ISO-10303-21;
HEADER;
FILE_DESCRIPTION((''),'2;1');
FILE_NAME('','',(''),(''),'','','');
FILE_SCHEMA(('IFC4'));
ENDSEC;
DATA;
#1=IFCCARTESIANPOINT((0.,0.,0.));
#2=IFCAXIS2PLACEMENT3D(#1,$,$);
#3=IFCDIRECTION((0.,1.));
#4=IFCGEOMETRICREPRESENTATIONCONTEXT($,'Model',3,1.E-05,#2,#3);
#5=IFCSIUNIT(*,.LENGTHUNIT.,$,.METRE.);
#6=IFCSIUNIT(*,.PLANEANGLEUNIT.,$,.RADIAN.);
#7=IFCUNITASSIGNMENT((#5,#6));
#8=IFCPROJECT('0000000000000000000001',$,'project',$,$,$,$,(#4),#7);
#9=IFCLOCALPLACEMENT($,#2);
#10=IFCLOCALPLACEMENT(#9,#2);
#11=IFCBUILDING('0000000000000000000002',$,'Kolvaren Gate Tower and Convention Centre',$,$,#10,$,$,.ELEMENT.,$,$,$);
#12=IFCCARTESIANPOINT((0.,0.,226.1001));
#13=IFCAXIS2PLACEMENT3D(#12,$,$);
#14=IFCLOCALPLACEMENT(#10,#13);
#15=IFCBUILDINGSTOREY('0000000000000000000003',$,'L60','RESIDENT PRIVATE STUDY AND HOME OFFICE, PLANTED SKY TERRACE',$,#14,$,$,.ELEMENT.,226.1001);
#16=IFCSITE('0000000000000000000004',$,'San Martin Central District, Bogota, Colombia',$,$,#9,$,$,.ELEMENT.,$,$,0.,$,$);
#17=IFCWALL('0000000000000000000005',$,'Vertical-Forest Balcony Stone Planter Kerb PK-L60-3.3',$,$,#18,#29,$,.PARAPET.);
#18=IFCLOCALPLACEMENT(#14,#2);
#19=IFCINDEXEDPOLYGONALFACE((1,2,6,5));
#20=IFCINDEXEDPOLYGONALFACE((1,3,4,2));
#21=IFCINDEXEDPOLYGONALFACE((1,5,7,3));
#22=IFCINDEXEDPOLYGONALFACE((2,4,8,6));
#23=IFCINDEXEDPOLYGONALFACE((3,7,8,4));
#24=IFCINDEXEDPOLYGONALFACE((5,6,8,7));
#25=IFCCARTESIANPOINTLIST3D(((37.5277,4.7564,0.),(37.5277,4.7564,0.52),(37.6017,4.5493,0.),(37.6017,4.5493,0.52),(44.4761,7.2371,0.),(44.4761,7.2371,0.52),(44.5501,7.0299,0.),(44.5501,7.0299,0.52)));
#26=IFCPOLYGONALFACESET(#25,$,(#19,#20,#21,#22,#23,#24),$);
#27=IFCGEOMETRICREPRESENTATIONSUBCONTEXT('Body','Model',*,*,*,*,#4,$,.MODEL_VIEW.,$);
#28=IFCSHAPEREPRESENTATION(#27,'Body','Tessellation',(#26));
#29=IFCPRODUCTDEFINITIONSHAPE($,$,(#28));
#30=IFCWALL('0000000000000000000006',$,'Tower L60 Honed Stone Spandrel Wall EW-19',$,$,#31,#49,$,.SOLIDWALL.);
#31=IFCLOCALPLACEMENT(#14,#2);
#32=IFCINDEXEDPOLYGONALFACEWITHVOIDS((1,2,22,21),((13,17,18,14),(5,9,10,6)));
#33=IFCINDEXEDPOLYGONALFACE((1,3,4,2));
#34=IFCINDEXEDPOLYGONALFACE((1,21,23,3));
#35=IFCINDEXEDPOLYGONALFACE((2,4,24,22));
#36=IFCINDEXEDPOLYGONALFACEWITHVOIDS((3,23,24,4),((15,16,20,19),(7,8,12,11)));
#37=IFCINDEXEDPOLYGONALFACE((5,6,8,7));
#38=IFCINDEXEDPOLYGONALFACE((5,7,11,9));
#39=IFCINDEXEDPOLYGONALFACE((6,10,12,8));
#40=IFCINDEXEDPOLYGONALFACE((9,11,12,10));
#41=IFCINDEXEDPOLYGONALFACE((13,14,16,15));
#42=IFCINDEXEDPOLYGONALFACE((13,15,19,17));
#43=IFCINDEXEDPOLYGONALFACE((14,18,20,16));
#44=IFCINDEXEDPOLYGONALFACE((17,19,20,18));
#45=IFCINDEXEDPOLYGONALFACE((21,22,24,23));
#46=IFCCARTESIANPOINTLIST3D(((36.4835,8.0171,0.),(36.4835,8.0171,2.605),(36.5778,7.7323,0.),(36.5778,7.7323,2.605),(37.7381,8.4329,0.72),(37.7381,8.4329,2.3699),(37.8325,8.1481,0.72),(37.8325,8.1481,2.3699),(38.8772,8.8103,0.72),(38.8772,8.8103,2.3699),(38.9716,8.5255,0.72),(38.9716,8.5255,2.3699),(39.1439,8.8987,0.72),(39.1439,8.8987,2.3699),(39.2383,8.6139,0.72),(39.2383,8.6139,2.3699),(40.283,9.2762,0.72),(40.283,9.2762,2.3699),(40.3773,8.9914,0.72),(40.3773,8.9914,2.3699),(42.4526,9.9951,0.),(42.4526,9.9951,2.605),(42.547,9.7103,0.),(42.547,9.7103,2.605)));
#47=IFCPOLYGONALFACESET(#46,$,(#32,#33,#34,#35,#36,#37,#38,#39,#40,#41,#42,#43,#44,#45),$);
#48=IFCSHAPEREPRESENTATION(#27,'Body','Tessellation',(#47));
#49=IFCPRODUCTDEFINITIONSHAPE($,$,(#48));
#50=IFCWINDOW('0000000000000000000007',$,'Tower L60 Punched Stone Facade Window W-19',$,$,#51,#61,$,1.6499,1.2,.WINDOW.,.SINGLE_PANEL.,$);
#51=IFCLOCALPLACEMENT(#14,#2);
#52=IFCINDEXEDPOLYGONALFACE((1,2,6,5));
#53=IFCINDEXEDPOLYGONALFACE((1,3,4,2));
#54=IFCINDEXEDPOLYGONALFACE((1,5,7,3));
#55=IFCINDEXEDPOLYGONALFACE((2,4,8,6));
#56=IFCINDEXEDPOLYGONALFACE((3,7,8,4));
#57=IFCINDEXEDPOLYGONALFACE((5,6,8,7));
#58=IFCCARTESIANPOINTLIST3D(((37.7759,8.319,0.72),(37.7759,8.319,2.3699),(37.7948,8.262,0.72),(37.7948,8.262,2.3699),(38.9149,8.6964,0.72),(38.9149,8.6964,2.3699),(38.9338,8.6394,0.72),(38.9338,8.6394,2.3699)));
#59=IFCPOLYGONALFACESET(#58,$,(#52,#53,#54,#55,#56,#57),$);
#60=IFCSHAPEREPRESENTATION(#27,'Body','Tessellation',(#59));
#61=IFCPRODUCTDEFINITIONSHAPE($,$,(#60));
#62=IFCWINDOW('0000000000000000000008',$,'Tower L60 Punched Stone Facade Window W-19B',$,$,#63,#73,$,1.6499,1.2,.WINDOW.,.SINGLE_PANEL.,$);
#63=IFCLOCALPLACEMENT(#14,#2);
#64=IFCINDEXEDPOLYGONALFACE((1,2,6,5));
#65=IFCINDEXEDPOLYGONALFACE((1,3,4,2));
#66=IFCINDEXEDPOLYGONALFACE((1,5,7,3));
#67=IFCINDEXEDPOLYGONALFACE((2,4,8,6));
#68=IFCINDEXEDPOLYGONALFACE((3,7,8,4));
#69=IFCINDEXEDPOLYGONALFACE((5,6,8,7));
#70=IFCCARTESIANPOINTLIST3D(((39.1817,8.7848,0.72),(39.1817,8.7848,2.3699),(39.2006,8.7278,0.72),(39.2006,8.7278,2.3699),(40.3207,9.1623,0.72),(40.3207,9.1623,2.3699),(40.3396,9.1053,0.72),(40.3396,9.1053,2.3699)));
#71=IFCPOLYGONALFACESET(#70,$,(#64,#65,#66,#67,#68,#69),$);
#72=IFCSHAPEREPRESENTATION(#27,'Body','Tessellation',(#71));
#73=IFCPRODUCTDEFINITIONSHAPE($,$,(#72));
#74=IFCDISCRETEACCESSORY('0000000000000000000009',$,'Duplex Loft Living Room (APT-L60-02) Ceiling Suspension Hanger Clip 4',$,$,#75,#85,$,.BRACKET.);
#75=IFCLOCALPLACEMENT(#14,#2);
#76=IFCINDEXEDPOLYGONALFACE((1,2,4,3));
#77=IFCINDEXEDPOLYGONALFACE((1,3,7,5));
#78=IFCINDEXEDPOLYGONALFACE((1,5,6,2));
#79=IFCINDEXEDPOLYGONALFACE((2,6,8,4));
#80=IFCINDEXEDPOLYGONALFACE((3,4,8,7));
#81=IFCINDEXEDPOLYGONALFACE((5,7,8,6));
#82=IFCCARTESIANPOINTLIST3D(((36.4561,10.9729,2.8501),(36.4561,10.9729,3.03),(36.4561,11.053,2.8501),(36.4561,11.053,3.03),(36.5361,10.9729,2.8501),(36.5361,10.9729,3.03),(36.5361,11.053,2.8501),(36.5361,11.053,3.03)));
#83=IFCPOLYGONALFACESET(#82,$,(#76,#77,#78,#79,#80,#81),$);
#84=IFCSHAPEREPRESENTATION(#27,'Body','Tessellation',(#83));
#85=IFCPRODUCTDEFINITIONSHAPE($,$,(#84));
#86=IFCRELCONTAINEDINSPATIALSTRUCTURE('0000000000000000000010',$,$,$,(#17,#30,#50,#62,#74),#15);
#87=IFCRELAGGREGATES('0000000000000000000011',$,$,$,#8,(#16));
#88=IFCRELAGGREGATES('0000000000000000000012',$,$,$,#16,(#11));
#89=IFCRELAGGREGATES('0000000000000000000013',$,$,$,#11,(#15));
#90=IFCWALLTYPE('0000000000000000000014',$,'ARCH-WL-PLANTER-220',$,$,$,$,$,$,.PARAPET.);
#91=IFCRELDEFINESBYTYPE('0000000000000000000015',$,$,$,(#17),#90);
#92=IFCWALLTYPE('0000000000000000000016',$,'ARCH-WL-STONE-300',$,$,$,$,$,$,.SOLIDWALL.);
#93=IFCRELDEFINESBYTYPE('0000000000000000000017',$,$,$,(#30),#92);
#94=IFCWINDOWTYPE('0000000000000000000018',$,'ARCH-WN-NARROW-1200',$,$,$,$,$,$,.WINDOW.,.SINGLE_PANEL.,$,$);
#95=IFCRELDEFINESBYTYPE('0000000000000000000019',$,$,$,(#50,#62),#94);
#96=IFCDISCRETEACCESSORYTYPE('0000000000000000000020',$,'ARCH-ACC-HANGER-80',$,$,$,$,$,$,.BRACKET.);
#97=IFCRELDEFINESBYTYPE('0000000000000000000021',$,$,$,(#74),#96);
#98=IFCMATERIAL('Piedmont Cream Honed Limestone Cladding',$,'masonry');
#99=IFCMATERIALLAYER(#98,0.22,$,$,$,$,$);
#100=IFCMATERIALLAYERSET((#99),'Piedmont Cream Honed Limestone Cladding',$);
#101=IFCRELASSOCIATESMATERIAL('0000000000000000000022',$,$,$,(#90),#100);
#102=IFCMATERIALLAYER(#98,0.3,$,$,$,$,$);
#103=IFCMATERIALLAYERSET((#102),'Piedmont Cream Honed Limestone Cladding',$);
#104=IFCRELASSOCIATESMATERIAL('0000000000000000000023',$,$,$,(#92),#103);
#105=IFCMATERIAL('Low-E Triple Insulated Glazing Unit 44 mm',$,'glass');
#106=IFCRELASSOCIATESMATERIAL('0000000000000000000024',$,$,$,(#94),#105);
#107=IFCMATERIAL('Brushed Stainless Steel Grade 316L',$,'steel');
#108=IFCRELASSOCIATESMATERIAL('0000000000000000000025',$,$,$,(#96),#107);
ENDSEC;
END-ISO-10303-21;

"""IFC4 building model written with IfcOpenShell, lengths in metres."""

from ifc_helpers import new_model, si_unit, direction, frame, frame_2d, origin, origin_2d, place, context, subcontext, project, spatial, rectangle, extrude, material, layer, layer_set, type_object, element, fill, save


model = new_model("IFC4")

# Units and contexts
model_context = context("Model", 3, precision=1e-05, world=origin(), true_north=direction((0.0, 1.0)))
body_context = subcontext(model_context, "Body", "Model", "MODEL_VIEW")
ifc_project = project(units=[si_unit("LENGTHUNIT", "METRE"), si_unit("PLANEANGLEUNIT", "RADIAN")], contexts=[model_context])

# Site, building, storey
site_placement = place(None, origin())
site = spatial("IfcSite", under=ifc_project, at=site_placement, Name="San Martin Central District, Bogota, Colombia", CompositionType="ELEMENT", RefElevation=0.0)
building_placement = place(site_placement, origin())
building = spatial("IfcBuilding", under=site, at=building_placement, Name="Kolvaren Gate Tower and Convention Centre", CompositionType="ELEMENT")
storey_placement = place(building_placement, frame((0.0, 0.0, 226.1001)))
storey = spatial("IfcBuildingStorey", under=building, at=storey_placement, Name="L60", Description="RESIDENT PRIVATE STUDY AND HOME OFFICE, PLANTED SKY TERRACE", CompositionType="ELEMENT", Elevation=226.1001)

# Wall
ifc_material_1 = material(Name="Piedmont Cream Honed Limestone Cladding", Category="masonry")
ifc_layer_1 = layer(ifc_material_1, 0.22)
ifc_layer_set_1 = layer_set([ifc_layer_1], Name="Piedmont Cream Honed Limestone Cladding")
wall_type_1 = type_object("IfcWallType", Name="ARCH-WL-PLANTER-220", PredefinedType="PARAPET", material=ifc_layer_set_1)
wall_1_placement = place(storey_placement, frame((37.5647, 4.6528, 0.0), z_axis=(0.0, 0.0, 1.0), x_axis=(0.94178, 0.336229, 0.0)))
element("IfcWall", 1, at=wall_1_placement, inside=storey, type_object=wall_type_1, Name="Vertical-Forest Balcony Stone Planter Kerb PK-L60-3.3", PredefinedType="PARAPET", context=body_context, shape_type="SweptSolid", body=[
    extrude(rectangle(XDim=7.3779, YDim=0.22, at=frame_2d((3.689, 0.0))), origin(), (0.0, 0.0, 1.0), 0.52),
])

# Wall, openings, windows
ifc_layer_2 = layer(ifc_material_1, 0.3)
ifc_layer_set_2 = layer_set([ifc_layer_2], Name="Piedmont Cream Honed Limestone Cladding")
wall_type_2 = type_object("IfcWallType", Name="ARCH-WL-STONE-300", PredefinedType="SOLIDWALL", material=ifc_layer_set_2)
wall_2_placement = place(storey_placement, frame((36.5308, 7.8748, 0.0), z_axis=(0.0, 0.0, 1.0), x_axis=(0.949241, 0.31455, 0.0)))
wall_2 = element("IfcWall", 2, at=wall_2_placement, inside=storey, type_object=wall_type_2, Name="Tower L60 Honed Stone Spandrel Wall EW-19", PredefinedType="SOLIDWALL", context=body_context, shape_type="SweptSolid", body=[
    extrude(rectangle(XDim=6.2883, YDim=0.3, at=frame_2d((3.144, 0.0))), origin(), (0.0, 0.0, 1.0), 2.605),
])
opening_1_placement = place(wall_2_placement, frame((1.3215, 0.0, 0.72)))
opening_1 = element("IfcOpeningElement", 3, at=opening_1_placement, cuts=wall_2, PredefinedType="OPENING", context=body_context, shape_type="SweptSolid", body=[
    extrude(rectangle(XDim=1.2, YDim=1.6499, at=frame_2d((0.6001, 0.825))), frame((0.0, 0.1599, 0.0), z_axis=(0.0, -1.0, 0.0), x_axis=(1.0, 0.0, 0.0)), (0.0, 0.0, 1.0), 0.3201),
])
opening_2_placement = place(wall_2_placement, frame((2.8025, 0.0, 0.72)))
opening_2 = element("IfcOpeningElement", 4, at=opening_2_placement, cuts=wall_2, PredefinedType="OPENING", context=body_context, shape_type="SweptSolid", body=[
    extrude(rectangle(XDim=1.2, YDim=1.6499, at=frame_2d((0.6001, 0.825))), frame((0.0, 0.1599, 0.0), z_axis=(0.0, -1.0, 0.0), x_axis=(1.0, 0.0, 0.0)), (0.0, 0.0, 1.0), 0.3201),
])
ifc_material_2 = material(Name="Low-E Triple Insulated Glazing Unit 44 mm", Category="glass")
window_type = type_object("IfcWindowType", Name="ARCH-WN-NARROW-1200", PartitioningType="SINGLE_PANEL", PredefinedType="WINDOW", material=ifc_material_2)
window_1_placement = place(opening_1_placement, origin())
window_1 = element("IfcWindow", 5, at=window_1_placement, inside=storey, type_object=window_type, Name="Tower L60 Punched Stone Facade Window W-19", OverallHeight=1.6499, OverallWidth=1.2, PartitioningType="SINGLE_PANEL", PredefinedType="WINDOW", context=body_context, shape_type="SweptSolid", body=[
    extrude(rectangle(XDim=1.2, YDim=1.6499, at=frame_2d((0.6001, 0.825))), frame((0.0, 0.03, 0.0), z_axis=(0.0, -1.0, 0.0), x_axis=(1.0, 0.0, 0.0)), (0.0, 0.0, 1.0), 0.0601),
])
fill(opening_1, window_1)
window_2_placement = place(opening_2_placement, origin())
window_2 = element("IfcWindow", 6, at=window_2_placement, inside=storey, type_object=window_type, Name="Tower L60 Punched Stone Facade Window W-19B", OverallHeight=1.6499, OverallWidth=1.2, PartitioningType="SINGLE_PANEL", PredefinedType="WINDOW", context=body_context, shape_type="SweptSolid", body=[
    extrude(rectangle(XDim=1.2, YDim=1.6499, at=frame_2d((0.6001, 0.825))), frame((0.0, 0.03, 0.0), z_axis=(0.0, -1.0, 0.0), x_axis=(1.0, 0.0, 0.0)), (0.0, 0.0, 1.0), 0.0601),
])
fill(opening_2, window_2)

# Discrete accessory
ifc_material_3 = material(Name="Brushed Stainless Steel Grade 316L", Category="steel")
discrete_accessory_type = type_object("IfcDiscreteAccessoryType", Name="ARCH-ACC-HANGER-80", PredefinedType="BRACKET", material=ifc_material_3)
discrete_accessory_placement = place(storey_placement, frame((36.4961, 11.0129, 2.8501), z_axis=(0.0, 0.0, 1.0), x_axis=(1.0, 0.0, 0.0)))
element("IfcDiscreteAccessory", 7, at=discrete_accessory_placement, inside=storey, type_object=discrete_accessory_type, Name="Duplex Loft Living Room (APT-L60-02) Ceiling Suspension Hanger Clip 4", PredefinedType="BRACKET", context=body_context, shape_type="SweptSolid", body=[
    extrude(rectangle(XDim=0.0801, YDim=0.0801, at=origin_2d()), origin(), (0.0, 0.0, 1.0), 0.1799),
])

save(model, "model.ifc")
